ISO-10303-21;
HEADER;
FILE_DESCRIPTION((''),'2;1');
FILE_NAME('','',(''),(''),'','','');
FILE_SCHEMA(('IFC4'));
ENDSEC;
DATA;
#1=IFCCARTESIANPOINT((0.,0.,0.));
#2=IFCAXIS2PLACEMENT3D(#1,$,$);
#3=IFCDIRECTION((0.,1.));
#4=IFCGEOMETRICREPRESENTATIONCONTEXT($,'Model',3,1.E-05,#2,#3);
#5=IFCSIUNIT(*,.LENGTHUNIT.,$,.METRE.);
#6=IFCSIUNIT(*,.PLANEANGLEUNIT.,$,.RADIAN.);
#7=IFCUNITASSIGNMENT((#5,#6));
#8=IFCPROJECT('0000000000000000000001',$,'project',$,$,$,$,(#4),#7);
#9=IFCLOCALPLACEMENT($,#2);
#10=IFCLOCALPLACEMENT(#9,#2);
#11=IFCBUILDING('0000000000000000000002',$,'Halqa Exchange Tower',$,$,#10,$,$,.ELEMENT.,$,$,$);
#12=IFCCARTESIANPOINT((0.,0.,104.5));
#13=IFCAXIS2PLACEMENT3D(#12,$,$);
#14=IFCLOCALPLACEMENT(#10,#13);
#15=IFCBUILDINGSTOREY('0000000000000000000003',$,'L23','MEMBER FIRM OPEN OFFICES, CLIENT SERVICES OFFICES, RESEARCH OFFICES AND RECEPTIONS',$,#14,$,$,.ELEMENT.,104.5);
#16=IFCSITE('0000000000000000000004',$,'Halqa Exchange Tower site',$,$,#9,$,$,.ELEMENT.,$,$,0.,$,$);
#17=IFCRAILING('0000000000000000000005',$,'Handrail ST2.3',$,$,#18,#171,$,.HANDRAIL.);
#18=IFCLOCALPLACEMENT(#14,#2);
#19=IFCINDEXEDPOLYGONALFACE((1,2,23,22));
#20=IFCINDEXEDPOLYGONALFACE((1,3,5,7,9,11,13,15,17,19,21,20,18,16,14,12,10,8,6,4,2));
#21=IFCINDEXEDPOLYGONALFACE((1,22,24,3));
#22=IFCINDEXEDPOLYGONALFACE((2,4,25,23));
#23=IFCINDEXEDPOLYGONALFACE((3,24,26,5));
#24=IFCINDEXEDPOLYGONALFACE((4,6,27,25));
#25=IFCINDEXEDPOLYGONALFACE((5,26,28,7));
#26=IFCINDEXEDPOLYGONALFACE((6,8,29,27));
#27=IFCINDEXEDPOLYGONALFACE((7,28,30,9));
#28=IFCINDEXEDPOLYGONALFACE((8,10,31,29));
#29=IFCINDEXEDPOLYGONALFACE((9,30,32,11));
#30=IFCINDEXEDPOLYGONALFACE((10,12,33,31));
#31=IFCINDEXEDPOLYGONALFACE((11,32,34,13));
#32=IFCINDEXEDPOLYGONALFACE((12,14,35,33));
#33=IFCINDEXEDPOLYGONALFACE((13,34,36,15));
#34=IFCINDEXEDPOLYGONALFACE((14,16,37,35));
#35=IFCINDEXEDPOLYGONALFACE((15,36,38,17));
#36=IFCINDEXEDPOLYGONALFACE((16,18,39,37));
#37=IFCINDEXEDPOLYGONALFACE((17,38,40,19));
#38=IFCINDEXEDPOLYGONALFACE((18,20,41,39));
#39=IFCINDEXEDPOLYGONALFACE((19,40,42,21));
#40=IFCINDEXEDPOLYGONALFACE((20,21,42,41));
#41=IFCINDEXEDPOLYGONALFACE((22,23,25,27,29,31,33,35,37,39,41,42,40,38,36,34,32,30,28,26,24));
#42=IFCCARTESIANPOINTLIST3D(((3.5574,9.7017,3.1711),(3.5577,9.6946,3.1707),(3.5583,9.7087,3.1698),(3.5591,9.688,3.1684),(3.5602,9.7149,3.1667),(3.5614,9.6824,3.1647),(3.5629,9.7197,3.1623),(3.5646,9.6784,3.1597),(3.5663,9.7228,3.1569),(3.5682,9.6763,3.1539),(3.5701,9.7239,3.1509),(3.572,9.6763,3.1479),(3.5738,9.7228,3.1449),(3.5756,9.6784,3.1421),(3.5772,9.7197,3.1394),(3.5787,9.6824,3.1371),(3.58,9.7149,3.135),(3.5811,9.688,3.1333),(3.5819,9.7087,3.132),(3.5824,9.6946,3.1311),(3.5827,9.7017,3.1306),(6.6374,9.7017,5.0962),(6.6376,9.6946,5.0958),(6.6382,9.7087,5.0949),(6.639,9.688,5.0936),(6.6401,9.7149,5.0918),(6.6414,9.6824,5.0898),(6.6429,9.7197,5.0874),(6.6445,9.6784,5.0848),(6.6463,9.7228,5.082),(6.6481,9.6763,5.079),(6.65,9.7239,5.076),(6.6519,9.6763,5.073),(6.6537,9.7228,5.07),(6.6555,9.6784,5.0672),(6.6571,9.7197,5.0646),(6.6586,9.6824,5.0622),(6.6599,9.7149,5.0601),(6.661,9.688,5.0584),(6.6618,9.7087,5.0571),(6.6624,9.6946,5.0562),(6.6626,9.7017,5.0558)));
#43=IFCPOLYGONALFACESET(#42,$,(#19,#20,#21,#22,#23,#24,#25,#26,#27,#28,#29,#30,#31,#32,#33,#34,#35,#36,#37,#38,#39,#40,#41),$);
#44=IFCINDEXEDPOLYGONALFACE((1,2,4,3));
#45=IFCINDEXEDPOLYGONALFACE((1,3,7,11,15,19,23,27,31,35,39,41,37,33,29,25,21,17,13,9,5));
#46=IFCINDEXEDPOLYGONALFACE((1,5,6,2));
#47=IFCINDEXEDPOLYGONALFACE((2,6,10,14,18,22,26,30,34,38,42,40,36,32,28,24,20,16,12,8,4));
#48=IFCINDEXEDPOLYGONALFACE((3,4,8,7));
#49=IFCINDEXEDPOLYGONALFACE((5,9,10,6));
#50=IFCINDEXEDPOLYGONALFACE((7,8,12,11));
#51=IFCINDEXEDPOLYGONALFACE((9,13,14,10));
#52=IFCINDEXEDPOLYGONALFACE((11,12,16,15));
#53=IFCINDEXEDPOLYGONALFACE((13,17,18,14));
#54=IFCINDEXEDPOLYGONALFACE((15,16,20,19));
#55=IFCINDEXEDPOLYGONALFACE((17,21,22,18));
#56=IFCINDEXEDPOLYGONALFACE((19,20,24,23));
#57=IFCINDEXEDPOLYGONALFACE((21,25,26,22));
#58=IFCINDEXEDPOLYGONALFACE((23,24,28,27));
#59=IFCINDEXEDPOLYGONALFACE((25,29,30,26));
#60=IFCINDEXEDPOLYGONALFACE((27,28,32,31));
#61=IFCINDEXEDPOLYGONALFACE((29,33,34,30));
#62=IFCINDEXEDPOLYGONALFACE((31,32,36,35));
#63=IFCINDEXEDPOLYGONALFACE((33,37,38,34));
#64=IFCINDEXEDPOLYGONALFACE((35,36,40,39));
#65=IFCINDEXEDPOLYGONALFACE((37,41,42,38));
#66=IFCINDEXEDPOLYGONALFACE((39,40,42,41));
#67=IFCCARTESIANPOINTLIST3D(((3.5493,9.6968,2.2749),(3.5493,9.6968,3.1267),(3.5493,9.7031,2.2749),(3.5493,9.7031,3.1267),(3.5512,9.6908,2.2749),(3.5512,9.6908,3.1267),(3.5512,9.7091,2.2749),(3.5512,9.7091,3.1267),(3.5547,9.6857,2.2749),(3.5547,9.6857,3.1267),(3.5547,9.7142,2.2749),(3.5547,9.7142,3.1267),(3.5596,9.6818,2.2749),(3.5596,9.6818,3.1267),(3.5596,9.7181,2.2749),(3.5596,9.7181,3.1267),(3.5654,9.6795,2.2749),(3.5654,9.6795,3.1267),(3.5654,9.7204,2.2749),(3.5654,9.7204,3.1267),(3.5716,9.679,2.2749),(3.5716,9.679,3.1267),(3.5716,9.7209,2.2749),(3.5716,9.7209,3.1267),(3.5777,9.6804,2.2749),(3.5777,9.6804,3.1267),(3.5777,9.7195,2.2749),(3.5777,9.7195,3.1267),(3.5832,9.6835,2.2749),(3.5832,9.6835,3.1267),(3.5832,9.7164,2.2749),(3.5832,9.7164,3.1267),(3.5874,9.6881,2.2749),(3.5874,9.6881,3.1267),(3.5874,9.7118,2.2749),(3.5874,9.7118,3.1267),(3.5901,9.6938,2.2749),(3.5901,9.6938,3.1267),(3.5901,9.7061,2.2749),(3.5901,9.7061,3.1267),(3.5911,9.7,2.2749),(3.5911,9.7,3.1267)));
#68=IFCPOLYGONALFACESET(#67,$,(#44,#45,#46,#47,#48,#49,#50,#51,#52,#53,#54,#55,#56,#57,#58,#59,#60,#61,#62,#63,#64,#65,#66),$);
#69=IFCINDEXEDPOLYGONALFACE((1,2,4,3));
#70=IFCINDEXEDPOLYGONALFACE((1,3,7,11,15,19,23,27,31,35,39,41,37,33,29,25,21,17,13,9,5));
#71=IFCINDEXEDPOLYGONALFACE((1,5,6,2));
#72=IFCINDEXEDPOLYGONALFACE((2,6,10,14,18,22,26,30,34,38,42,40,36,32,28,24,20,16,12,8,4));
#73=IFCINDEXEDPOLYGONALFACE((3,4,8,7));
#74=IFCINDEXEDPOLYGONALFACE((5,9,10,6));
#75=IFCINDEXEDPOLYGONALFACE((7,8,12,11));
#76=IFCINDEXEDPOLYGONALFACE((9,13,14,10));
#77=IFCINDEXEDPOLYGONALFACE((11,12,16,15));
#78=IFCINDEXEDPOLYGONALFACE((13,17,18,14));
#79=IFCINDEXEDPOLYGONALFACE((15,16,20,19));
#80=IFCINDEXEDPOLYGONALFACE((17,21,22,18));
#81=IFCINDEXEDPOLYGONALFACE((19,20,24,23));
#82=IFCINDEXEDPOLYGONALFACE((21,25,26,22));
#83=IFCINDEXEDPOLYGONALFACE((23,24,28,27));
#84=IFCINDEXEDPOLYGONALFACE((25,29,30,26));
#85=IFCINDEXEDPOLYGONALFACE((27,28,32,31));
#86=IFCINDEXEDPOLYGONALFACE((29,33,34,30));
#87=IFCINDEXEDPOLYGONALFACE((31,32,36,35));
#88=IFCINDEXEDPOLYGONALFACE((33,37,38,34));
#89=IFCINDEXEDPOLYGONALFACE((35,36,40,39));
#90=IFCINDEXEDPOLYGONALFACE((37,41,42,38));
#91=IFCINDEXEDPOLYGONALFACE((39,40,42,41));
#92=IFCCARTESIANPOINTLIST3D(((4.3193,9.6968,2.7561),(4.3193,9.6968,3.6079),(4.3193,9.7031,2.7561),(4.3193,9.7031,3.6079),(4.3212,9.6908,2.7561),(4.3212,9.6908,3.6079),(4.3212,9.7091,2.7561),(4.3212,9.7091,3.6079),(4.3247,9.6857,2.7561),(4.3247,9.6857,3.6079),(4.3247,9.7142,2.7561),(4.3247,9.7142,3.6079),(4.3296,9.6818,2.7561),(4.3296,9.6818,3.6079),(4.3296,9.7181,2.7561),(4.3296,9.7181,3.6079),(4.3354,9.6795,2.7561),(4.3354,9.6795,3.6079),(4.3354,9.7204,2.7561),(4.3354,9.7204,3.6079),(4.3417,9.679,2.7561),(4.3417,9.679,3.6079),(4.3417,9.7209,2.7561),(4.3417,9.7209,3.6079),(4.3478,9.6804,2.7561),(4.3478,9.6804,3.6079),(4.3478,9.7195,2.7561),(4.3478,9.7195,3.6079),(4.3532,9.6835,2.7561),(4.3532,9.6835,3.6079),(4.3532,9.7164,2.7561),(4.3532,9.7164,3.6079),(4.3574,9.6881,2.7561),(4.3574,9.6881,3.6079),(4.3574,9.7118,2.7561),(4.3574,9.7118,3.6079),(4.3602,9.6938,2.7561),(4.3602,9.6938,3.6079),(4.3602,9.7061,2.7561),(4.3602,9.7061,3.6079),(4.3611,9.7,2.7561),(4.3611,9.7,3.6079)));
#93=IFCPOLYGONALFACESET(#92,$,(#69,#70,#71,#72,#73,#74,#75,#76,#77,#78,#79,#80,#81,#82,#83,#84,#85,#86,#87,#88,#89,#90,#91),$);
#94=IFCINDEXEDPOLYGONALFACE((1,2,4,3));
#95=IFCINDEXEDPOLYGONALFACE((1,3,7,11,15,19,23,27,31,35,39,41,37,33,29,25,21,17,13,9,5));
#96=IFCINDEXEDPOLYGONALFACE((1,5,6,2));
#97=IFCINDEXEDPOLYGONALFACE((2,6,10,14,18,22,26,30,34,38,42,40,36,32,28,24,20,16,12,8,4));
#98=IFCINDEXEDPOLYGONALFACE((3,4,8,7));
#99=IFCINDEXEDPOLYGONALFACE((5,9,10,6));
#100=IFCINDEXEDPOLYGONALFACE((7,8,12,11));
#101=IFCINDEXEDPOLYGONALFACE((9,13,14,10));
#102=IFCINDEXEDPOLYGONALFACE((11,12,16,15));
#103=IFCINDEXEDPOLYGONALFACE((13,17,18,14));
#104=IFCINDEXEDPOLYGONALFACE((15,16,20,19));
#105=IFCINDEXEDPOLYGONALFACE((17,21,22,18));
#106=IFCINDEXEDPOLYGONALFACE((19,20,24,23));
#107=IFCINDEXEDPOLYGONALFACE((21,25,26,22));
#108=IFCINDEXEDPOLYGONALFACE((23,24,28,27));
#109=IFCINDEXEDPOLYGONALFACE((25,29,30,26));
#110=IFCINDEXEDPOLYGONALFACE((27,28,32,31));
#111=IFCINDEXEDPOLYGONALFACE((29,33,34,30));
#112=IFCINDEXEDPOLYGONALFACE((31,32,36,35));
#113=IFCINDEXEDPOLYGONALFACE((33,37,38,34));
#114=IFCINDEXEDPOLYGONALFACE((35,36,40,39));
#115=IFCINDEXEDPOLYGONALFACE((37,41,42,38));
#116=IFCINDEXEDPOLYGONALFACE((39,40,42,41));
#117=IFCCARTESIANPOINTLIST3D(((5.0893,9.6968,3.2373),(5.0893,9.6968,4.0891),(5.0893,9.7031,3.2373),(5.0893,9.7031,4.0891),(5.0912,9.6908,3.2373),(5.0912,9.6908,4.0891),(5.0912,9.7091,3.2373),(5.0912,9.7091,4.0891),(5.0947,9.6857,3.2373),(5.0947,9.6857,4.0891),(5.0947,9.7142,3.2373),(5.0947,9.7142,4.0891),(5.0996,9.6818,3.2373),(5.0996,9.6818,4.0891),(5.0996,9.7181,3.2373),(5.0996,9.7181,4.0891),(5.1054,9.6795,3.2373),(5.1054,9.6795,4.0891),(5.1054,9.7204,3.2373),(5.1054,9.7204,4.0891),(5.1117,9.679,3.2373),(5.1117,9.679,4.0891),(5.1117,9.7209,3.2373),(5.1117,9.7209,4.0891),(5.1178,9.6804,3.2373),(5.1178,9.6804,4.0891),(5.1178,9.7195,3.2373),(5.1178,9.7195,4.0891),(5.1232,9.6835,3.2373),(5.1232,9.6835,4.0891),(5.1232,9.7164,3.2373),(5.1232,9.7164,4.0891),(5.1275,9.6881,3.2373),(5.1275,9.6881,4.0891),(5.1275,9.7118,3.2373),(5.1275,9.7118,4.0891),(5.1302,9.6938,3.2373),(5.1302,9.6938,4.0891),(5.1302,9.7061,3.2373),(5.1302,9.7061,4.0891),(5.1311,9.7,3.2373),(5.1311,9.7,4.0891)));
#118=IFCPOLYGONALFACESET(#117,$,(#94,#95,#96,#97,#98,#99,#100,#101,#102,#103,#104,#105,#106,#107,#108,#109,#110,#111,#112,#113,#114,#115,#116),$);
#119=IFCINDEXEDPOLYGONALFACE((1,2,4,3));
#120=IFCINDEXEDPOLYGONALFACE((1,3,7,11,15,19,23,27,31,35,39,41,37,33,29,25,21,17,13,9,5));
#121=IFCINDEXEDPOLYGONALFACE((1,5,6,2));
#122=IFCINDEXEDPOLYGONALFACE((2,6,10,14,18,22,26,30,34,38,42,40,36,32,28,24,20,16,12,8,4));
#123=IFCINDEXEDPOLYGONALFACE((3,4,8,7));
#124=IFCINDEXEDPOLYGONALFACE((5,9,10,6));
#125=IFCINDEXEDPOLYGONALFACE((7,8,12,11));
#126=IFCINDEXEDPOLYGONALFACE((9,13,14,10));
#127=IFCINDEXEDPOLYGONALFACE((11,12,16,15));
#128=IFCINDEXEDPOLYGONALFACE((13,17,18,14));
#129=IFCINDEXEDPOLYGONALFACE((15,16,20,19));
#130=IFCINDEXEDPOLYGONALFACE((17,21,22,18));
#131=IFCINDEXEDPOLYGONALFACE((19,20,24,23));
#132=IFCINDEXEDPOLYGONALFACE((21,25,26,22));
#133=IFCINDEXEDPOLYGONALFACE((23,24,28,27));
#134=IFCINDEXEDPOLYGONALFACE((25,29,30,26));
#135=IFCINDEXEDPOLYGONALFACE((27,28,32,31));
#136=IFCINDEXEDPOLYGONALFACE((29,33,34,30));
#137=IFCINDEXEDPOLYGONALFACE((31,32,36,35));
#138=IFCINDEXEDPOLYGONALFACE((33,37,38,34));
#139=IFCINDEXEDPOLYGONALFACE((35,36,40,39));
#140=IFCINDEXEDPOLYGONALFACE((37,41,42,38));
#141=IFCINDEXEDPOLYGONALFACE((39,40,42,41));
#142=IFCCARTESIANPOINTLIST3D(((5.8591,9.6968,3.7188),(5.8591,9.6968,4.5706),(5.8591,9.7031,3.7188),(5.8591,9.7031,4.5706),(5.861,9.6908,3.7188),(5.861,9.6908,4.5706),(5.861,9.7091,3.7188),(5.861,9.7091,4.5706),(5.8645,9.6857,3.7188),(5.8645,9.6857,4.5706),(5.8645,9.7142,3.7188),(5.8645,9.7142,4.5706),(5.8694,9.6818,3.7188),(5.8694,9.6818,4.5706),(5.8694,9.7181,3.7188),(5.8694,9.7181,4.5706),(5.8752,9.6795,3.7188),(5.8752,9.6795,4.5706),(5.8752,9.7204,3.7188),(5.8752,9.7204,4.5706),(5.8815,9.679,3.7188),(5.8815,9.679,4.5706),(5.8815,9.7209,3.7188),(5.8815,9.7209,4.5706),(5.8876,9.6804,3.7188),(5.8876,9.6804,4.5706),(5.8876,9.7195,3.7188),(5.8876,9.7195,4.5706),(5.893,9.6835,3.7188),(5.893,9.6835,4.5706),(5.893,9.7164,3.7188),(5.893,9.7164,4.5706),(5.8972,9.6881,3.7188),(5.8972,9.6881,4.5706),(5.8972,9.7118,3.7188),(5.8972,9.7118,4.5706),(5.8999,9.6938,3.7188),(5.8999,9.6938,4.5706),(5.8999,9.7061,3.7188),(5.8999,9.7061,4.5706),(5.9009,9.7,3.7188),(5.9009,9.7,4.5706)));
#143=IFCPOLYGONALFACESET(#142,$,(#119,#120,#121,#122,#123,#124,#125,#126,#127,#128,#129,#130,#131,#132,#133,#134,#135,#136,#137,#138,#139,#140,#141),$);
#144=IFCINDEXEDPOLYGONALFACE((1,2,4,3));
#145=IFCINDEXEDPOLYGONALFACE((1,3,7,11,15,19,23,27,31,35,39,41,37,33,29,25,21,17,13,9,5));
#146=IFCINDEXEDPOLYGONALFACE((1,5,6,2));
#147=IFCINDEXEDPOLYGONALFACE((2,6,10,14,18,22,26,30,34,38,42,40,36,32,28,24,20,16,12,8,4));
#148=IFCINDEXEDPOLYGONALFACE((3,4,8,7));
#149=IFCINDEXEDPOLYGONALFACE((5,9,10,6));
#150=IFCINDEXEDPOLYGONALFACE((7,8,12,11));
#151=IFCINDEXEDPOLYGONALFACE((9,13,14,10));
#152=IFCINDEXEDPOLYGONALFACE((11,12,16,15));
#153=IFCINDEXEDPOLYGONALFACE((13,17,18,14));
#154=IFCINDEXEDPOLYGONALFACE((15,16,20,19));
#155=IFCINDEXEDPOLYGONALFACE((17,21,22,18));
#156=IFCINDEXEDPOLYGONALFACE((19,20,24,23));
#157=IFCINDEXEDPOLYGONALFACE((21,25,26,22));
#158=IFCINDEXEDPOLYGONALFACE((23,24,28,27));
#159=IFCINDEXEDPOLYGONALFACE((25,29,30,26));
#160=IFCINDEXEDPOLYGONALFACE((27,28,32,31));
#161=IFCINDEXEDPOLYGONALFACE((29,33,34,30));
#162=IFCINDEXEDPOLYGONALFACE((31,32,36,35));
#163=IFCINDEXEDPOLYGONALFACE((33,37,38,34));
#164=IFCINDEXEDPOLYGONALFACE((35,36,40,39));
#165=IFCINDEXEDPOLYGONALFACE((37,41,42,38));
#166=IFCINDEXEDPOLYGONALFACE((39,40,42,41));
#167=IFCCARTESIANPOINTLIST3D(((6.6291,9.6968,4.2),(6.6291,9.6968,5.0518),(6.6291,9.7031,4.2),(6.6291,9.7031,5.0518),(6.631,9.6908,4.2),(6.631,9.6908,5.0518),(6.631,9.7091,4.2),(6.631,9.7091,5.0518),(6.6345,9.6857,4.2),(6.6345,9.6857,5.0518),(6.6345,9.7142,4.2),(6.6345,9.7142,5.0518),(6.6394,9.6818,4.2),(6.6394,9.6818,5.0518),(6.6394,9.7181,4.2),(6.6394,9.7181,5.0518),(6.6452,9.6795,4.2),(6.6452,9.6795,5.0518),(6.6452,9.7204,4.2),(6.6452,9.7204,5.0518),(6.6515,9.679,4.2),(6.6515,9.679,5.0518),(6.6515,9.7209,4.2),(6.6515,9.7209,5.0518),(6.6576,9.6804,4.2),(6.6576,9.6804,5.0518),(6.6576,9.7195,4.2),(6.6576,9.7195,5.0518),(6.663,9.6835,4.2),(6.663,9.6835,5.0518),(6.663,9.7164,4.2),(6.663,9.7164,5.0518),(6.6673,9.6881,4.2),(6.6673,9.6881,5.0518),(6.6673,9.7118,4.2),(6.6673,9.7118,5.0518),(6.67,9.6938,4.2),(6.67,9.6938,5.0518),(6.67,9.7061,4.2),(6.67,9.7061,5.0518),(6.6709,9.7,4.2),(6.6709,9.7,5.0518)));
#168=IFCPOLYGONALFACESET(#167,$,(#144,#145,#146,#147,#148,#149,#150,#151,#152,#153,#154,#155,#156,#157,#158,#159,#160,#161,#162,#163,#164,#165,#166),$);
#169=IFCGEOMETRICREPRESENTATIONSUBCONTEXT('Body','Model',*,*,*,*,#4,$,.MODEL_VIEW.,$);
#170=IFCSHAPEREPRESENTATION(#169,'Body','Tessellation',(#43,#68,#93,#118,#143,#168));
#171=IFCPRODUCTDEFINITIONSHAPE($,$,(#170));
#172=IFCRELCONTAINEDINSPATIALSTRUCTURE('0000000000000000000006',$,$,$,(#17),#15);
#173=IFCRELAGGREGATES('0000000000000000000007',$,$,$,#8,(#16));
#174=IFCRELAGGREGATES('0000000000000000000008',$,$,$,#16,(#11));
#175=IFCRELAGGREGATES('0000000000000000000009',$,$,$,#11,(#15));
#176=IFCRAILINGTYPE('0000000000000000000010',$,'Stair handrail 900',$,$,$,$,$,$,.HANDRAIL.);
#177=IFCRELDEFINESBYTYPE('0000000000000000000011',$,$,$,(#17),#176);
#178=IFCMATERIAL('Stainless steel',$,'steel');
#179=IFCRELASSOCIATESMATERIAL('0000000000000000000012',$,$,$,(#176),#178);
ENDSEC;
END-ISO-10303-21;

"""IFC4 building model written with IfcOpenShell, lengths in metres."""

from ifc_helpers import new_model, si_unit, direction, frame, origin, origin_2d, place, context, subcontext, project, spatial, circle, extrude, material, type_object, element, save


model = new_model("IFC4")

# Units and contexts
model_context = context("Model", 3, precision=1e-05, world=origin(), true_north=direction((0.0, 1.0)))
body_context = subcontext(model_context, "Body", "Model", "MODEL_VIEW")
ifc_project = project(units=[si_unit("LENGTHUNIT", "METRE"), si_unit("PLANEANGLEUNIT", "RADIAN")], contexts=[model_context])

# Site, building, storey
site_placement = place(None, origin())
site = spatial("IfcSite", under=ifc_project, at=site_placement, Name="Halqa Exchange Tower site", CompositionType="ELEMENT", RefElevation=0.0)
building_placement = place(site_placement, origin())
building = spatial("IfcBuilding", under=site, at=building_placement, Name="Halqa Exchange Tower", CompositionType="ELEMENT")
storey_placement = place(building_placement, frame((0.0, 0.0, 104.5)))
storey = spatial("IfcBuildingStorey", under=building, at=storey_placement, Name="L23", Description="MEMBER FIRM OPEN OFFICES, CLIENT SERVICES OFFICES, RESEARCH OFFICES AND RECEPTIONS", CompositionType="ELEMENT", Elevation=104.5)

# Railing
ifc_material_1 = material(Name="Stainless steel", Category="steel")
railing_type_1 = type_object("IfcRailingType", Name="Stair handrail 900", PredefinedType="HANDRAIL", material=ifc_material_1)
railing_1_placement = place(storey_placement, frame((3.5701, 9.7, 2.2749)))
element("IfcRailing", 1, at=railing_1_placement, inside=storey, type_object=railing_type_1, Name="Handrail ST2.3", PredefinedType="HANDRAIL", context=body_context, shape_type="SweptSolid", body=[
    extrude(circle(Radius=0.0239, at=origin_2d()), frame((0.0, 0.0, 0.876), z_axis=(0.847979, 0.0, 0.530029), x_axis=(0.0, 1.0, 0.0)), (0.0, 0.0, 1.0), 3.6321),
    extrude(circle(Radius=0.021, at=origin_2d()), origin(), (0.0, 0.0, 1.0), 0.8518),
    extrude(circle(Radius=0.021, at=origin_2d()), frame((0.77, 0.0, 0.4812)), (0.0, 0.0, 1.0), 0.8518),
    extrude(circle(Radius=0.021, at=origin_2d()), frame((1.54, 0.0, 0.9624)), (0.0, 0.0, 1.0), 0.8518),
    extrude(circle(Radius=0.021, at=origin_2d()), frame((2.3098, 0.0, 1.4438)), (0.0, 0.0, 1.0), 0.8518),
    extrude(circle(Radius=0.021, at=origin_2d()), frame((3.0798, 0.0, 1.925)), (0.0, 0.0, 1.0), 0.8518),
])

save(model, "model.ifc")
